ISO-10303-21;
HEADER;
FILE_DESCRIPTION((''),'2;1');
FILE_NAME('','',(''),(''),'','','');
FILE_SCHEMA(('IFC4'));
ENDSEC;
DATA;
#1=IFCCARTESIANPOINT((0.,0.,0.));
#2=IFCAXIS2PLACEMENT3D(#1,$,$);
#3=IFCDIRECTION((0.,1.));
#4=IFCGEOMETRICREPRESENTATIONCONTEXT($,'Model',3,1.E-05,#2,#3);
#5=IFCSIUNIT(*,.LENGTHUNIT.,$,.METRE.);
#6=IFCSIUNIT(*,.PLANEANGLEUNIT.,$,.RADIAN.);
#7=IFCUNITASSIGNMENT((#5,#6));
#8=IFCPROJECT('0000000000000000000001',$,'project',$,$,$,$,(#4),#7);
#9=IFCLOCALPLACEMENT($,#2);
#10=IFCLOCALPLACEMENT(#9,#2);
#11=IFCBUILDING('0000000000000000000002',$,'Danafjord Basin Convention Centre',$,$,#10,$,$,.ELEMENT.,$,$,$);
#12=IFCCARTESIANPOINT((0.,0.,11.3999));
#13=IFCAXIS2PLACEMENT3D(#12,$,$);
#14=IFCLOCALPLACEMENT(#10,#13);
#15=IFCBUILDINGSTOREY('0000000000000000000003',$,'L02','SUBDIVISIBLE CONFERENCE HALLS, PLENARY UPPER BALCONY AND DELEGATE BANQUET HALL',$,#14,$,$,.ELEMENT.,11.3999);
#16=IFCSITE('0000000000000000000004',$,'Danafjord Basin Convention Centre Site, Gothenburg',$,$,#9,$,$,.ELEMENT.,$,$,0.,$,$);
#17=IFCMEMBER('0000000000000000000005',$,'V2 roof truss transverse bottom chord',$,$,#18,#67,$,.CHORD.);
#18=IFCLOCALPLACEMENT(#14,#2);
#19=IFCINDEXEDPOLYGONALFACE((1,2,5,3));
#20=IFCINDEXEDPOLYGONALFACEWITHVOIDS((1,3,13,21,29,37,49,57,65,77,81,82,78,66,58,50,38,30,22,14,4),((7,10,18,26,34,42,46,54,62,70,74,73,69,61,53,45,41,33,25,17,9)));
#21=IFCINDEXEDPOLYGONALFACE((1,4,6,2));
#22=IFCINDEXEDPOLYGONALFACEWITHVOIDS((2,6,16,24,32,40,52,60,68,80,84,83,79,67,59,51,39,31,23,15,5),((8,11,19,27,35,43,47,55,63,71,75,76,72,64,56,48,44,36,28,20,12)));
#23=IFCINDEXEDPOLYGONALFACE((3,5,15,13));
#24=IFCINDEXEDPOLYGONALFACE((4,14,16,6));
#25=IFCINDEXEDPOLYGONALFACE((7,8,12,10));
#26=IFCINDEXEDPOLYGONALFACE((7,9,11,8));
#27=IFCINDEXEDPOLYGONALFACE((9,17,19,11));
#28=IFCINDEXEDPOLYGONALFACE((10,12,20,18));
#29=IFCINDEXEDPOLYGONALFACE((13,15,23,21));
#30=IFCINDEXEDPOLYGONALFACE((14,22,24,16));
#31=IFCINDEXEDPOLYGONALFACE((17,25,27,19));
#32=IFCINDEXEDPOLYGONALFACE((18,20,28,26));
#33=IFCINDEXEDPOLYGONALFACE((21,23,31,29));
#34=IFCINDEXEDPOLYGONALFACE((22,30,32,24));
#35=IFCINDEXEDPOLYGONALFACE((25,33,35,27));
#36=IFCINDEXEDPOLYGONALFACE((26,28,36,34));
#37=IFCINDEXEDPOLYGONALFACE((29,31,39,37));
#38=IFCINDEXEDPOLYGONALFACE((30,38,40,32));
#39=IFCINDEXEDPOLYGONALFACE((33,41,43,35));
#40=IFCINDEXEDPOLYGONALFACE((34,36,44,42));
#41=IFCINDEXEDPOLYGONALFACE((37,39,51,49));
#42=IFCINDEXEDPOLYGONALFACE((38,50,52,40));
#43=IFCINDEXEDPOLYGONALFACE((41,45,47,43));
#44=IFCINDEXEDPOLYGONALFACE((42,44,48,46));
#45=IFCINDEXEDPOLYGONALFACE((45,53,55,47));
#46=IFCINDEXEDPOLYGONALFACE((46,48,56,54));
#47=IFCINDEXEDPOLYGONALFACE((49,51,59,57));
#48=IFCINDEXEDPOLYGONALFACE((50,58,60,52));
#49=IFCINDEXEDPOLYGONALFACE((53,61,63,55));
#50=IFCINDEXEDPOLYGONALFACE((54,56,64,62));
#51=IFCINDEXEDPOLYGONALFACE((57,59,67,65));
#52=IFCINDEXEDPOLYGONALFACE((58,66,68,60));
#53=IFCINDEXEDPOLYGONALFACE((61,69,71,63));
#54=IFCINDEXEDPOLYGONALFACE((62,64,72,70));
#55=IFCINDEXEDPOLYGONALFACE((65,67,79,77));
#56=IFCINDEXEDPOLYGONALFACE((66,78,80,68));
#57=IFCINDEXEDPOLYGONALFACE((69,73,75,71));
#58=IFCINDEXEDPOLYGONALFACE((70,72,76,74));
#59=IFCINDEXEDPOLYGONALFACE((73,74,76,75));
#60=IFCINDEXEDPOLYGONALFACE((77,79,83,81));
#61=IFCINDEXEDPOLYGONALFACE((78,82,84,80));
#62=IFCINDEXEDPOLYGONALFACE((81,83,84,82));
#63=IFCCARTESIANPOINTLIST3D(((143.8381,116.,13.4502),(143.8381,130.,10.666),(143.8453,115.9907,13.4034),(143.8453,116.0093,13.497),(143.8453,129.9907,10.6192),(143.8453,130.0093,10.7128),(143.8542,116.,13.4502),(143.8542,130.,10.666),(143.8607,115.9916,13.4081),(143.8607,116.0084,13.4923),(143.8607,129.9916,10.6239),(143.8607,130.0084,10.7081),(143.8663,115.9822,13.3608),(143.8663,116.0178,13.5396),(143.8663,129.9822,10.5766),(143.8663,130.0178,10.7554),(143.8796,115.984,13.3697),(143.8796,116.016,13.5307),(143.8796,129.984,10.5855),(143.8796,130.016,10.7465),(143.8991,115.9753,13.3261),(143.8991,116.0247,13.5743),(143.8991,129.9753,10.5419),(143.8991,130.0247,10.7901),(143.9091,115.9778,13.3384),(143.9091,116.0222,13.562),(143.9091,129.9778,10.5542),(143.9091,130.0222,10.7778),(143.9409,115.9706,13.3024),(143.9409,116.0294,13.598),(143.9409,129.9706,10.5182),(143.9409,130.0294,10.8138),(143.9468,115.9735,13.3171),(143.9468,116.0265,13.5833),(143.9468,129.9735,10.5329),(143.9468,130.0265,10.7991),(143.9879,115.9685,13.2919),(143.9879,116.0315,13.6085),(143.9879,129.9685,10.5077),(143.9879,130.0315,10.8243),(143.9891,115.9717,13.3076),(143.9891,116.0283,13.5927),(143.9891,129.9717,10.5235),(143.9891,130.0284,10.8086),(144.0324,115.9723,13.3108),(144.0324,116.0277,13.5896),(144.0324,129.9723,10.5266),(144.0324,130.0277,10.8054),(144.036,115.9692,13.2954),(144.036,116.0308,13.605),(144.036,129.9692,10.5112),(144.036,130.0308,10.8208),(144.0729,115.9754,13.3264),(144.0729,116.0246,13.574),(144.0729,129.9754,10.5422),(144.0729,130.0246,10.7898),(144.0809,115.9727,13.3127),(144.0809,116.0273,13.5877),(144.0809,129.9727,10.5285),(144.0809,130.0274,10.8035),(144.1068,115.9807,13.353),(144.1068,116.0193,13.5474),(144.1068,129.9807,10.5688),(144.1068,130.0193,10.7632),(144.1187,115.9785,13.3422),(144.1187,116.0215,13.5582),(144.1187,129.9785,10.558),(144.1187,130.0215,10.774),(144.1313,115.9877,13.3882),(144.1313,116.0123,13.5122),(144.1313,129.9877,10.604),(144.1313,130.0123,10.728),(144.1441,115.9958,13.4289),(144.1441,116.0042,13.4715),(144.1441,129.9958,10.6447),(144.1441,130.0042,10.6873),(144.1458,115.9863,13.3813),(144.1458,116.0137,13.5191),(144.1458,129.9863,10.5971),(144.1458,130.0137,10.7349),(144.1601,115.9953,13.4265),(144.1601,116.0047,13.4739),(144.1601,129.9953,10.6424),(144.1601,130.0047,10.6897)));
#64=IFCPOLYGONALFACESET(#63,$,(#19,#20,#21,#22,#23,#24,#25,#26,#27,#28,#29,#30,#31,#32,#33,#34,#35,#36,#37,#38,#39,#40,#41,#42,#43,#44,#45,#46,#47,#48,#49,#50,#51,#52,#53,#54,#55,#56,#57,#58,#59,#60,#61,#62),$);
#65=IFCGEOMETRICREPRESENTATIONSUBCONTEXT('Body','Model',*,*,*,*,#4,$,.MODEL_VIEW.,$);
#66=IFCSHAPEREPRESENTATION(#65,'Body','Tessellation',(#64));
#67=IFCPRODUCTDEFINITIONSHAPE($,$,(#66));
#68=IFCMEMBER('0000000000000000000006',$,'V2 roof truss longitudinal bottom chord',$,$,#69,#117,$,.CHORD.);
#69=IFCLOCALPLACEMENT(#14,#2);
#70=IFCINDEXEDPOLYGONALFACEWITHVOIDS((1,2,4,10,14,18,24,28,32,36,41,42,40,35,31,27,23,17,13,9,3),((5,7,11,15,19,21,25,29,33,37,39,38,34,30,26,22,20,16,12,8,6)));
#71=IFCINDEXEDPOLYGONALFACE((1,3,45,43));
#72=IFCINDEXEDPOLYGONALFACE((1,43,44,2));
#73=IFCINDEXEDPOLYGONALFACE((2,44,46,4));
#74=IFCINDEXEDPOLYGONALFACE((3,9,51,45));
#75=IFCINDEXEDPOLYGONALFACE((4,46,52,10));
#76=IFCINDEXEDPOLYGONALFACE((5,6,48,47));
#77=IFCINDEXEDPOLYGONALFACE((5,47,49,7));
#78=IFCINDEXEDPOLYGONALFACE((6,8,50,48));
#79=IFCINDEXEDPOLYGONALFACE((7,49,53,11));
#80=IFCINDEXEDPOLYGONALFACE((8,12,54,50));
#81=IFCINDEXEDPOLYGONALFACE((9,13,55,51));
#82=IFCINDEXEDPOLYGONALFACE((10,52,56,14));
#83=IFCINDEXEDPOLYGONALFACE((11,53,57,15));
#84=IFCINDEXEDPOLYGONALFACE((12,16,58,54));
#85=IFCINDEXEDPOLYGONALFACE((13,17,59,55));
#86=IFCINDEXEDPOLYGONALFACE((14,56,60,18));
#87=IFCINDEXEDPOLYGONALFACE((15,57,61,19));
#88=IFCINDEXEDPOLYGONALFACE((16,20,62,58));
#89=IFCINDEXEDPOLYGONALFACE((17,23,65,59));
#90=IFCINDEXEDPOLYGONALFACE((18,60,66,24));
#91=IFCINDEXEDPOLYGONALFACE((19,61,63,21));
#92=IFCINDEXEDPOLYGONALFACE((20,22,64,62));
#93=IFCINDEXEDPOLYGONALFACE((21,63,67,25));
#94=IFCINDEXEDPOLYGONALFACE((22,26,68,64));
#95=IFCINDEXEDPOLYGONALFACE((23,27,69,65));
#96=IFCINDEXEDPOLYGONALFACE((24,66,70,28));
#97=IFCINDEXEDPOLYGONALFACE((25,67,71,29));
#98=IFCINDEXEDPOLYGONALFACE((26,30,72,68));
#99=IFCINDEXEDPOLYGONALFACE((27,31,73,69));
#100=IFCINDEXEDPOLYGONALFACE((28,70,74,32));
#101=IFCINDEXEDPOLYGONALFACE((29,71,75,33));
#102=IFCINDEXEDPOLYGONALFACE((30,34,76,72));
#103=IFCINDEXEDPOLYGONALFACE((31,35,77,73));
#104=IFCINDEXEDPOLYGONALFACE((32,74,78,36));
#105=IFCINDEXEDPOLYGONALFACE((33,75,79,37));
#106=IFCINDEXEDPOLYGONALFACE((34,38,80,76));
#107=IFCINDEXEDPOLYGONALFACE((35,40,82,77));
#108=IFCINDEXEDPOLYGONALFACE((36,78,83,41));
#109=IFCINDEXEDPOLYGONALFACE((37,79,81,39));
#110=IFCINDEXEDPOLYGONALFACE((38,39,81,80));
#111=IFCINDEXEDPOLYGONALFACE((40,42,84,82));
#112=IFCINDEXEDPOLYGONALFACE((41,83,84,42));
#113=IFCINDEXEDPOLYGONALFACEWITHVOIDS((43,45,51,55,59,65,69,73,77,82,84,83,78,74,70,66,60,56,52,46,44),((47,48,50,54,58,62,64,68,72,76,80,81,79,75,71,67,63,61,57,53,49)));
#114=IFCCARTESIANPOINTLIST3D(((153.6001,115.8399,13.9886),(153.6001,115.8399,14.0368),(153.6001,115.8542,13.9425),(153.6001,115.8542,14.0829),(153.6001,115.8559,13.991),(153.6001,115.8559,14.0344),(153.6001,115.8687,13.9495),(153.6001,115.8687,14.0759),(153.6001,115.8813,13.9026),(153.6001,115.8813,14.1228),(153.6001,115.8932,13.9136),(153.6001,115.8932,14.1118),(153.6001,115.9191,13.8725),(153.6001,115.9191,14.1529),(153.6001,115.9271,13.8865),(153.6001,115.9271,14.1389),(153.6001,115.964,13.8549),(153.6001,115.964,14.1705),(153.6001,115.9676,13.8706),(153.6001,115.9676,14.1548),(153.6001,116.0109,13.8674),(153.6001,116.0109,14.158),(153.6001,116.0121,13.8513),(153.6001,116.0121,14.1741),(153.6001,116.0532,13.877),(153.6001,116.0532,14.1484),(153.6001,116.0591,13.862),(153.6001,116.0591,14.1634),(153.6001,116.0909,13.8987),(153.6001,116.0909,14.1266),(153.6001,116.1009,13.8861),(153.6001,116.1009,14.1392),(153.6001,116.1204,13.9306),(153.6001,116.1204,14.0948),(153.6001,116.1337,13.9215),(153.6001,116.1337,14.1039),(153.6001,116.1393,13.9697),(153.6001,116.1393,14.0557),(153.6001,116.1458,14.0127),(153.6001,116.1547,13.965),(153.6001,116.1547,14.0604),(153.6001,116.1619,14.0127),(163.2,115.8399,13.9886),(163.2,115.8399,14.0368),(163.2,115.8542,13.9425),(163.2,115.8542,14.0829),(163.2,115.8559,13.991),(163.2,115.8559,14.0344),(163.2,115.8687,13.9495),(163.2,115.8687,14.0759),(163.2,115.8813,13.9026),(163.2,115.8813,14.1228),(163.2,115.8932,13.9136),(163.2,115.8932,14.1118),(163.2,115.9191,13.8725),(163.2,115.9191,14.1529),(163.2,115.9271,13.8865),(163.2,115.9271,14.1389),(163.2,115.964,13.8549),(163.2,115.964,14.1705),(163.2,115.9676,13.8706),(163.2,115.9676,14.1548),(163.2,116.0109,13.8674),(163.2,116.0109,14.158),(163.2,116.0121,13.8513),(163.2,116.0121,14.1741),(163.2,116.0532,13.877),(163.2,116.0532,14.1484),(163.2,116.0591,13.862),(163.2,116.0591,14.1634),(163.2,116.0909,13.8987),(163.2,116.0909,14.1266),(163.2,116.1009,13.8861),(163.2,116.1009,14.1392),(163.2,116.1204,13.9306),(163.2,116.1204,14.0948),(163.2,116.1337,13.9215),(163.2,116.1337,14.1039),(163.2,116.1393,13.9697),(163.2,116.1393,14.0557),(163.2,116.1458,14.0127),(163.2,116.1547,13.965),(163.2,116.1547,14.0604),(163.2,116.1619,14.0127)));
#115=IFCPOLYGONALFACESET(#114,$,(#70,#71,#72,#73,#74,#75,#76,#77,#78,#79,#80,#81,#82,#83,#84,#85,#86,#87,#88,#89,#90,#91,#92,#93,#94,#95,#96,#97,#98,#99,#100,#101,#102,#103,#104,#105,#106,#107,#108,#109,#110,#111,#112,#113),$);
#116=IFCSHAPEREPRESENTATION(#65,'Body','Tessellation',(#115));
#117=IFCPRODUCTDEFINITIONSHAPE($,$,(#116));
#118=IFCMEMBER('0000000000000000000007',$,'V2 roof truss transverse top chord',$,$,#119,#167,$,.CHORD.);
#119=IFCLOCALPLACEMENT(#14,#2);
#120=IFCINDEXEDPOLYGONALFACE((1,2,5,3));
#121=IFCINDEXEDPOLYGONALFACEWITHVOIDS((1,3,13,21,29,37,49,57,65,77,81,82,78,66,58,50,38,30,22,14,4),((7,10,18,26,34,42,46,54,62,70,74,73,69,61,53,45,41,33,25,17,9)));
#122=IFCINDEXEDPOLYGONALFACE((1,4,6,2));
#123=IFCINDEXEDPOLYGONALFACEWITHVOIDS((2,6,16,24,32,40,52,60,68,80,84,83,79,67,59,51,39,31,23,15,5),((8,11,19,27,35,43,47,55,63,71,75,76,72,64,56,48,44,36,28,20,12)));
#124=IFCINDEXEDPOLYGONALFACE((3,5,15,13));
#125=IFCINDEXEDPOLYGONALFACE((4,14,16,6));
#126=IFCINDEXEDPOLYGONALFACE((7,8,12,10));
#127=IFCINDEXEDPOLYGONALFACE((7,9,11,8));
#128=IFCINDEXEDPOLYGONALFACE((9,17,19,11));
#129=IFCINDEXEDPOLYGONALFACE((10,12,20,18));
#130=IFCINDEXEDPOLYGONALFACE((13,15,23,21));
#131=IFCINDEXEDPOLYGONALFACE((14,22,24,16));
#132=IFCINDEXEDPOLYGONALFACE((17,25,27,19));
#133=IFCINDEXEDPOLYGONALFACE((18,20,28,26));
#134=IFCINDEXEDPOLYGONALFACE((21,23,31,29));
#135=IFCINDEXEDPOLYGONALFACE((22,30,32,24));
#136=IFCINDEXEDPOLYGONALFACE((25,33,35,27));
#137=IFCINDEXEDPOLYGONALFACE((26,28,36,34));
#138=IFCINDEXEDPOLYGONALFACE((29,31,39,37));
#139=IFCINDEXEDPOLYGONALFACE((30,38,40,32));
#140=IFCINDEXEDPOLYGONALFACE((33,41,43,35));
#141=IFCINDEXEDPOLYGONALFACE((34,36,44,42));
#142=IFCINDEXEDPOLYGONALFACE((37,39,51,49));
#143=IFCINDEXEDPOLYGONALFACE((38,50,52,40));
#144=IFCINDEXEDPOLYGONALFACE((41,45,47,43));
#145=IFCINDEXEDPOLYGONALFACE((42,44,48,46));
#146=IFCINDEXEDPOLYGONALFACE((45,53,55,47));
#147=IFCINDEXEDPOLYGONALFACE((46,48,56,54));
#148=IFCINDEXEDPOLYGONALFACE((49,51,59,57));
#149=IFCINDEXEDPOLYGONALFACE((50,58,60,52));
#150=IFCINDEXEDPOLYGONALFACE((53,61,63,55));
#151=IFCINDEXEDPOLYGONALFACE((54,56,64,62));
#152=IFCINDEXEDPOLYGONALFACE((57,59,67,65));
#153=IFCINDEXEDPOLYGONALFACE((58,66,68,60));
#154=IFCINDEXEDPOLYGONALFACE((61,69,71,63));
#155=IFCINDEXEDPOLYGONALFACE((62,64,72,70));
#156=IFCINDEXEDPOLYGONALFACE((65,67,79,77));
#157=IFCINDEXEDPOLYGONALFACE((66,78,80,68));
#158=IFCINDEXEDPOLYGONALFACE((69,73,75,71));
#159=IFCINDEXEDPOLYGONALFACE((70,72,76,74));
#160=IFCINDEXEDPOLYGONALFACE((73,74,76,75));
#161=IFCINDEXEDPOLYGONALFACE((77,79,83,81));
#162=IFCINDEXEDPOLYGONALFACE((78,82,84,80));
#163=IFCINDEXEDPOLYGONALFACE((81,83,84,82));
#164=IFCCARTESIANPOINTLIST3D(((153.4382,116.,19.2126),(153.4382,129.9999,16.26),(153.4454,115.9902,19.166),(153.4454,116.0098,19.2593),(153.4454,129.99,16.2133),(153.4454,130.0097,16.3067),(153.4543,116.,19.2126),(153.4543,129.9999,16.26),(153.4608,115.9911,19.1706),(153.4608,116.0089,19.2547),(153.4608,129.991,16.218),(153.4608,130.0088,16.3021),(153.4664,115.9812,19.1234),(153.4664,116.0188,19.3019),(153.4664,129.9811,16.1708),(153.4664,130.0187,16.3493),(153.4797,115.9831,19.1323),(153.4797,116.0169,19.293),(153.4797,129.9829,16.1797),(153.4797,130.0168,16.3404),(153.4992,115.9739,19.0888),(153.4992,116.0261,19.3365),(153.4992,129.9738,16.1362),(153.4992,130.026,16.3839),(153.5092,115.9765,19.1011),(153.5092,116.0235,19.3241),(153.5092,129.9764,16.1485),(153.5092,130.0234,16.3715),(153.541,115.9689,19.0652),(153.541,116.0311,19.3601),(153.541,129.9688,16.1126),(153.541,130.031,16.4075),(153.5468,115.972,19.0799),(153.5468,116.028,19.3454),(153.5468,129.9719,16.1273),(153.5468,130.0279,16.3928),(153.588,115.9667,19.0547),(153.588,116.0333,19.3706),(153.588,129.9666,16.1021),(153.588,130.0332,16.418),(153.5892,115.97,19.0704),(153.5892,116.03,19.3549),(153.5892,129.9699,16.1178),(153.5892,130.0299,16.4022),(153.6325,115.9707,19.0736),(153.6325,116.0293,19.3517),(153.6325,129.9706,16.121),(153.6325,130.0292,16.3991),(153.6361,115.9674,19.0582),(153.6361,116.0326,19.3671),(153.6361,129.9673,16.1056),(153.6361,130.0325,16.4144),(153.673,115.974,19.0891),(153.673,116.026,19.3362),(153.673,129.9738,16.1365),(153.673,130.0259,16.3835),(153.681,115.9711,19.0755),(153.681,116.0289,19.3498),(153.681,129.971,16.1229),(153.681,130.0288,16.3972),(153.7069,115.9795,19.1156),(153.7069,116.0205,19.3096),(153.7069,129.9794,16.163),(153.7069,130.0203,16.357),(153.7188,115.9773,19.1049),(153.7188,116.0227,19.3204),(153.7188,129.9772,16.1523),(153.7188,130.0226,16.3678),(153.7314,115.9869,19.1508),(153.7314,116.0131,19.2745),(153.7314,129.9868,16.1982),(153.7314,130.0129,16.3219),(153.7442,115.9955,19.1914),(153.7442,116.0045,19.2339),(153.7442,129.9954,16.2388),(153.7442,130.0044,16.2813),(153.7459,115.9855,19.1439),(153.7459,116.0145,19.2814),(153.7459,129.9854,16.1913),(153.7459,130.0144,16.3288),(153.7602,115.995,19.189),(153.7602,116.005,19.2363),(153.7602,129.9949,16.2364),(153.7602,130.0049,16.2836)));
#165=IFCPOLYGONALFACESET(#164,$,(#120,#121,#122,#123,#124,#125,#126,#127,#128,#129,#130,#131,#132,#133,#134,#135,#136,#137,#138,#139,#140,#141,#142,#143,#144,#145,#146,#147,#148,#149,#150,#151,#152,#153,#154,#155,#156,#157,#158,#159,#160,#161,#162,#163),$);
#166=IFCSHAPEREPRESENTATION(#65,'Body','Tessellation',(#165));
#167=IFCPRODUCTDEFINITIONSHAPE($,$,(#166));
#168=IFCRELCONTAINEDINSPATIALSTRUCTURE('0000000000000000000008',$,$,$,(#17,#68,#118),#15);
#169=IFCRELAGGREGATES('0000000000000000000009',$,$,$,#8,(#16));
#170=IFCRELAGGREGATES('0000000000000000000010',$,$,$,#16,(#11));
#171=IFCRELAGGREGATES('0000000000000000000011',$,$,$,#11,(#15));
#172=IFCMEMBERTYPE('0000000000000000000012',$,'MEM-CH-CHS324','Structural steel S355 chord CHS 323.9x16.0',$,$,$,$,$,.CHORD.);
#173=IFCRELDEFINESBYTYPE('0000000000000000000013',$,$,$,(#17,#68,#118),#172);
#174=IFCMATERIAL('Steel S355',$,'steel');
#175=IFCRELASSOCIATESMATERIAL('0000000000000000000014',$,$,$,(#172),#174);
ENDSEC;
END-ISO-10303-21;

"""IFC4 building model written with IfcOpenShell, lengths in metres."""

from ifc_helpers import new_model, si_unit, direction, frame, origin, origin_2d, place, context, subcontext, project, spatial, hollow_circle, extrude, material, material_profile, profile_set, type_object, element, save


model = new_model("IFC4")

# Units and contexts
model_context = context("Model", 3, precision=1e-05, world=origin(), true_north=direction((0.0, 1.0)))
body_context = subcontext(model_context, "Body", "Model", "MODEL_VIEW")
ifc_project = project(units=[si_unit("LENGTHUNIT", "METRE"), si_unit("PLANEANGLEUNIT", "RADIAN")], contexts=[model_context])

# Site, building, storey
site_placement = place(None, origin())
site = spatial("IfcSite", under=ifc_project, at=site_placement, Name="Danafjord Basin Convention Centre Site, Gothenburg", CompositionType="ELEMENT", RefElevation=0.0)
building_placement = place(site_placement, origin())
building = spatial("IfcBuilding", under=site, at=building_placement, Name="Danafjord Basin Convention Centre", CompositionType="ELEMENT")
storey_placement = place(building_placement, frame((0.0, 0.0, 11.3999)))
storey = spatial("IfcBuildingStorey", under=building, at=storey_placement, Name="L02", Description="SUBDIVISIBLE CONFERENCE HALLS, PLENARY UPPER BALCONY AND DELEGATE BANQUET HALL", CompositionType="ELEMENT", Elevation=11.3999)

# Members
ifc_material = material(Name="Steel S355", Category="steel")
ifc_material_profile_1 = material_profile(ifc_material, hollow_circle(Radius=0.1619, WallThickness=0.0161, at=origin_2d()), Name="CHS 323.9x16.0")
ifc_profile_set_1 = profile_set([ifc_material_profile_1], Name="Steel S355")
member_type_1 = type_object("IfcMemberType", Name="MEM-CH-CHS324", Description="Structural steel S355 chord CHS 323.9x16.0", PredefinedType="CHORD", material=ifc_profile_set_1)
member_1_placement = place(storey_placement, frame((144.0, 116.0, 13.4502), z_axis=(0.0, 0.980793, -0.19505), x_axis=(-1.0, 0.0, 0.0)))
element("IfcMember", 1, at=member_1_placement, inside=storey, type_object=member_type_1, Name="V2 roof truss transverse bottom chord", PredefinedType="CHORD", context=body_context, shape_type="SweptSolid", body=[
    extrude(hollow_circle(Radius=0.1619, WallThickness=0.0161, at=origin_2d()), origin(), (0.0, 0.0, 1.0), 14.2742),
])
member_2_placement = place(storey_placement, frame((153.6001, 116.0, 14.0127), z_axis=(1.0, 0.0, 0.0), x_axis=(0.0, 1.0, 0.0)))
element("IfcMember", 2, at=member_2_placement, inside=storey, type_object=member_type_1, Name="V2 roof truss longitudinal bottom chord", PredefinedType="CHORD", context=body_context, shape_type="SweptSolid", body=[
    extrude(hollow_circle(Radius=0.1619, WallThickness=0.0161, at=origin_2d()), origin(), (0.0, 0.0, 1.0), 9.5999),
])
member_3_placement = place(storey_placement, frame((153.6001, 116.0, 19.2126), z_axis=(0.0, 0.978475, -0.206363), x_axis=(-1.0, 0.0, 0.0)))
element("IfcMember", 3, at=member_3_placement, inside=storey, type_object=member_type_1, Name="V2 roof truss transverse top chord", PredefinedType="CHORD", context=body_context, shape_type="SweptSolid", body=[
    extrude(hollow_circle(Radius=0.1619, WallThickness=0.0161, at=origin_2d()), origin(), (0.0, 0.0, 1.0), 14.3079),
])

save(model, "model.ifc")
